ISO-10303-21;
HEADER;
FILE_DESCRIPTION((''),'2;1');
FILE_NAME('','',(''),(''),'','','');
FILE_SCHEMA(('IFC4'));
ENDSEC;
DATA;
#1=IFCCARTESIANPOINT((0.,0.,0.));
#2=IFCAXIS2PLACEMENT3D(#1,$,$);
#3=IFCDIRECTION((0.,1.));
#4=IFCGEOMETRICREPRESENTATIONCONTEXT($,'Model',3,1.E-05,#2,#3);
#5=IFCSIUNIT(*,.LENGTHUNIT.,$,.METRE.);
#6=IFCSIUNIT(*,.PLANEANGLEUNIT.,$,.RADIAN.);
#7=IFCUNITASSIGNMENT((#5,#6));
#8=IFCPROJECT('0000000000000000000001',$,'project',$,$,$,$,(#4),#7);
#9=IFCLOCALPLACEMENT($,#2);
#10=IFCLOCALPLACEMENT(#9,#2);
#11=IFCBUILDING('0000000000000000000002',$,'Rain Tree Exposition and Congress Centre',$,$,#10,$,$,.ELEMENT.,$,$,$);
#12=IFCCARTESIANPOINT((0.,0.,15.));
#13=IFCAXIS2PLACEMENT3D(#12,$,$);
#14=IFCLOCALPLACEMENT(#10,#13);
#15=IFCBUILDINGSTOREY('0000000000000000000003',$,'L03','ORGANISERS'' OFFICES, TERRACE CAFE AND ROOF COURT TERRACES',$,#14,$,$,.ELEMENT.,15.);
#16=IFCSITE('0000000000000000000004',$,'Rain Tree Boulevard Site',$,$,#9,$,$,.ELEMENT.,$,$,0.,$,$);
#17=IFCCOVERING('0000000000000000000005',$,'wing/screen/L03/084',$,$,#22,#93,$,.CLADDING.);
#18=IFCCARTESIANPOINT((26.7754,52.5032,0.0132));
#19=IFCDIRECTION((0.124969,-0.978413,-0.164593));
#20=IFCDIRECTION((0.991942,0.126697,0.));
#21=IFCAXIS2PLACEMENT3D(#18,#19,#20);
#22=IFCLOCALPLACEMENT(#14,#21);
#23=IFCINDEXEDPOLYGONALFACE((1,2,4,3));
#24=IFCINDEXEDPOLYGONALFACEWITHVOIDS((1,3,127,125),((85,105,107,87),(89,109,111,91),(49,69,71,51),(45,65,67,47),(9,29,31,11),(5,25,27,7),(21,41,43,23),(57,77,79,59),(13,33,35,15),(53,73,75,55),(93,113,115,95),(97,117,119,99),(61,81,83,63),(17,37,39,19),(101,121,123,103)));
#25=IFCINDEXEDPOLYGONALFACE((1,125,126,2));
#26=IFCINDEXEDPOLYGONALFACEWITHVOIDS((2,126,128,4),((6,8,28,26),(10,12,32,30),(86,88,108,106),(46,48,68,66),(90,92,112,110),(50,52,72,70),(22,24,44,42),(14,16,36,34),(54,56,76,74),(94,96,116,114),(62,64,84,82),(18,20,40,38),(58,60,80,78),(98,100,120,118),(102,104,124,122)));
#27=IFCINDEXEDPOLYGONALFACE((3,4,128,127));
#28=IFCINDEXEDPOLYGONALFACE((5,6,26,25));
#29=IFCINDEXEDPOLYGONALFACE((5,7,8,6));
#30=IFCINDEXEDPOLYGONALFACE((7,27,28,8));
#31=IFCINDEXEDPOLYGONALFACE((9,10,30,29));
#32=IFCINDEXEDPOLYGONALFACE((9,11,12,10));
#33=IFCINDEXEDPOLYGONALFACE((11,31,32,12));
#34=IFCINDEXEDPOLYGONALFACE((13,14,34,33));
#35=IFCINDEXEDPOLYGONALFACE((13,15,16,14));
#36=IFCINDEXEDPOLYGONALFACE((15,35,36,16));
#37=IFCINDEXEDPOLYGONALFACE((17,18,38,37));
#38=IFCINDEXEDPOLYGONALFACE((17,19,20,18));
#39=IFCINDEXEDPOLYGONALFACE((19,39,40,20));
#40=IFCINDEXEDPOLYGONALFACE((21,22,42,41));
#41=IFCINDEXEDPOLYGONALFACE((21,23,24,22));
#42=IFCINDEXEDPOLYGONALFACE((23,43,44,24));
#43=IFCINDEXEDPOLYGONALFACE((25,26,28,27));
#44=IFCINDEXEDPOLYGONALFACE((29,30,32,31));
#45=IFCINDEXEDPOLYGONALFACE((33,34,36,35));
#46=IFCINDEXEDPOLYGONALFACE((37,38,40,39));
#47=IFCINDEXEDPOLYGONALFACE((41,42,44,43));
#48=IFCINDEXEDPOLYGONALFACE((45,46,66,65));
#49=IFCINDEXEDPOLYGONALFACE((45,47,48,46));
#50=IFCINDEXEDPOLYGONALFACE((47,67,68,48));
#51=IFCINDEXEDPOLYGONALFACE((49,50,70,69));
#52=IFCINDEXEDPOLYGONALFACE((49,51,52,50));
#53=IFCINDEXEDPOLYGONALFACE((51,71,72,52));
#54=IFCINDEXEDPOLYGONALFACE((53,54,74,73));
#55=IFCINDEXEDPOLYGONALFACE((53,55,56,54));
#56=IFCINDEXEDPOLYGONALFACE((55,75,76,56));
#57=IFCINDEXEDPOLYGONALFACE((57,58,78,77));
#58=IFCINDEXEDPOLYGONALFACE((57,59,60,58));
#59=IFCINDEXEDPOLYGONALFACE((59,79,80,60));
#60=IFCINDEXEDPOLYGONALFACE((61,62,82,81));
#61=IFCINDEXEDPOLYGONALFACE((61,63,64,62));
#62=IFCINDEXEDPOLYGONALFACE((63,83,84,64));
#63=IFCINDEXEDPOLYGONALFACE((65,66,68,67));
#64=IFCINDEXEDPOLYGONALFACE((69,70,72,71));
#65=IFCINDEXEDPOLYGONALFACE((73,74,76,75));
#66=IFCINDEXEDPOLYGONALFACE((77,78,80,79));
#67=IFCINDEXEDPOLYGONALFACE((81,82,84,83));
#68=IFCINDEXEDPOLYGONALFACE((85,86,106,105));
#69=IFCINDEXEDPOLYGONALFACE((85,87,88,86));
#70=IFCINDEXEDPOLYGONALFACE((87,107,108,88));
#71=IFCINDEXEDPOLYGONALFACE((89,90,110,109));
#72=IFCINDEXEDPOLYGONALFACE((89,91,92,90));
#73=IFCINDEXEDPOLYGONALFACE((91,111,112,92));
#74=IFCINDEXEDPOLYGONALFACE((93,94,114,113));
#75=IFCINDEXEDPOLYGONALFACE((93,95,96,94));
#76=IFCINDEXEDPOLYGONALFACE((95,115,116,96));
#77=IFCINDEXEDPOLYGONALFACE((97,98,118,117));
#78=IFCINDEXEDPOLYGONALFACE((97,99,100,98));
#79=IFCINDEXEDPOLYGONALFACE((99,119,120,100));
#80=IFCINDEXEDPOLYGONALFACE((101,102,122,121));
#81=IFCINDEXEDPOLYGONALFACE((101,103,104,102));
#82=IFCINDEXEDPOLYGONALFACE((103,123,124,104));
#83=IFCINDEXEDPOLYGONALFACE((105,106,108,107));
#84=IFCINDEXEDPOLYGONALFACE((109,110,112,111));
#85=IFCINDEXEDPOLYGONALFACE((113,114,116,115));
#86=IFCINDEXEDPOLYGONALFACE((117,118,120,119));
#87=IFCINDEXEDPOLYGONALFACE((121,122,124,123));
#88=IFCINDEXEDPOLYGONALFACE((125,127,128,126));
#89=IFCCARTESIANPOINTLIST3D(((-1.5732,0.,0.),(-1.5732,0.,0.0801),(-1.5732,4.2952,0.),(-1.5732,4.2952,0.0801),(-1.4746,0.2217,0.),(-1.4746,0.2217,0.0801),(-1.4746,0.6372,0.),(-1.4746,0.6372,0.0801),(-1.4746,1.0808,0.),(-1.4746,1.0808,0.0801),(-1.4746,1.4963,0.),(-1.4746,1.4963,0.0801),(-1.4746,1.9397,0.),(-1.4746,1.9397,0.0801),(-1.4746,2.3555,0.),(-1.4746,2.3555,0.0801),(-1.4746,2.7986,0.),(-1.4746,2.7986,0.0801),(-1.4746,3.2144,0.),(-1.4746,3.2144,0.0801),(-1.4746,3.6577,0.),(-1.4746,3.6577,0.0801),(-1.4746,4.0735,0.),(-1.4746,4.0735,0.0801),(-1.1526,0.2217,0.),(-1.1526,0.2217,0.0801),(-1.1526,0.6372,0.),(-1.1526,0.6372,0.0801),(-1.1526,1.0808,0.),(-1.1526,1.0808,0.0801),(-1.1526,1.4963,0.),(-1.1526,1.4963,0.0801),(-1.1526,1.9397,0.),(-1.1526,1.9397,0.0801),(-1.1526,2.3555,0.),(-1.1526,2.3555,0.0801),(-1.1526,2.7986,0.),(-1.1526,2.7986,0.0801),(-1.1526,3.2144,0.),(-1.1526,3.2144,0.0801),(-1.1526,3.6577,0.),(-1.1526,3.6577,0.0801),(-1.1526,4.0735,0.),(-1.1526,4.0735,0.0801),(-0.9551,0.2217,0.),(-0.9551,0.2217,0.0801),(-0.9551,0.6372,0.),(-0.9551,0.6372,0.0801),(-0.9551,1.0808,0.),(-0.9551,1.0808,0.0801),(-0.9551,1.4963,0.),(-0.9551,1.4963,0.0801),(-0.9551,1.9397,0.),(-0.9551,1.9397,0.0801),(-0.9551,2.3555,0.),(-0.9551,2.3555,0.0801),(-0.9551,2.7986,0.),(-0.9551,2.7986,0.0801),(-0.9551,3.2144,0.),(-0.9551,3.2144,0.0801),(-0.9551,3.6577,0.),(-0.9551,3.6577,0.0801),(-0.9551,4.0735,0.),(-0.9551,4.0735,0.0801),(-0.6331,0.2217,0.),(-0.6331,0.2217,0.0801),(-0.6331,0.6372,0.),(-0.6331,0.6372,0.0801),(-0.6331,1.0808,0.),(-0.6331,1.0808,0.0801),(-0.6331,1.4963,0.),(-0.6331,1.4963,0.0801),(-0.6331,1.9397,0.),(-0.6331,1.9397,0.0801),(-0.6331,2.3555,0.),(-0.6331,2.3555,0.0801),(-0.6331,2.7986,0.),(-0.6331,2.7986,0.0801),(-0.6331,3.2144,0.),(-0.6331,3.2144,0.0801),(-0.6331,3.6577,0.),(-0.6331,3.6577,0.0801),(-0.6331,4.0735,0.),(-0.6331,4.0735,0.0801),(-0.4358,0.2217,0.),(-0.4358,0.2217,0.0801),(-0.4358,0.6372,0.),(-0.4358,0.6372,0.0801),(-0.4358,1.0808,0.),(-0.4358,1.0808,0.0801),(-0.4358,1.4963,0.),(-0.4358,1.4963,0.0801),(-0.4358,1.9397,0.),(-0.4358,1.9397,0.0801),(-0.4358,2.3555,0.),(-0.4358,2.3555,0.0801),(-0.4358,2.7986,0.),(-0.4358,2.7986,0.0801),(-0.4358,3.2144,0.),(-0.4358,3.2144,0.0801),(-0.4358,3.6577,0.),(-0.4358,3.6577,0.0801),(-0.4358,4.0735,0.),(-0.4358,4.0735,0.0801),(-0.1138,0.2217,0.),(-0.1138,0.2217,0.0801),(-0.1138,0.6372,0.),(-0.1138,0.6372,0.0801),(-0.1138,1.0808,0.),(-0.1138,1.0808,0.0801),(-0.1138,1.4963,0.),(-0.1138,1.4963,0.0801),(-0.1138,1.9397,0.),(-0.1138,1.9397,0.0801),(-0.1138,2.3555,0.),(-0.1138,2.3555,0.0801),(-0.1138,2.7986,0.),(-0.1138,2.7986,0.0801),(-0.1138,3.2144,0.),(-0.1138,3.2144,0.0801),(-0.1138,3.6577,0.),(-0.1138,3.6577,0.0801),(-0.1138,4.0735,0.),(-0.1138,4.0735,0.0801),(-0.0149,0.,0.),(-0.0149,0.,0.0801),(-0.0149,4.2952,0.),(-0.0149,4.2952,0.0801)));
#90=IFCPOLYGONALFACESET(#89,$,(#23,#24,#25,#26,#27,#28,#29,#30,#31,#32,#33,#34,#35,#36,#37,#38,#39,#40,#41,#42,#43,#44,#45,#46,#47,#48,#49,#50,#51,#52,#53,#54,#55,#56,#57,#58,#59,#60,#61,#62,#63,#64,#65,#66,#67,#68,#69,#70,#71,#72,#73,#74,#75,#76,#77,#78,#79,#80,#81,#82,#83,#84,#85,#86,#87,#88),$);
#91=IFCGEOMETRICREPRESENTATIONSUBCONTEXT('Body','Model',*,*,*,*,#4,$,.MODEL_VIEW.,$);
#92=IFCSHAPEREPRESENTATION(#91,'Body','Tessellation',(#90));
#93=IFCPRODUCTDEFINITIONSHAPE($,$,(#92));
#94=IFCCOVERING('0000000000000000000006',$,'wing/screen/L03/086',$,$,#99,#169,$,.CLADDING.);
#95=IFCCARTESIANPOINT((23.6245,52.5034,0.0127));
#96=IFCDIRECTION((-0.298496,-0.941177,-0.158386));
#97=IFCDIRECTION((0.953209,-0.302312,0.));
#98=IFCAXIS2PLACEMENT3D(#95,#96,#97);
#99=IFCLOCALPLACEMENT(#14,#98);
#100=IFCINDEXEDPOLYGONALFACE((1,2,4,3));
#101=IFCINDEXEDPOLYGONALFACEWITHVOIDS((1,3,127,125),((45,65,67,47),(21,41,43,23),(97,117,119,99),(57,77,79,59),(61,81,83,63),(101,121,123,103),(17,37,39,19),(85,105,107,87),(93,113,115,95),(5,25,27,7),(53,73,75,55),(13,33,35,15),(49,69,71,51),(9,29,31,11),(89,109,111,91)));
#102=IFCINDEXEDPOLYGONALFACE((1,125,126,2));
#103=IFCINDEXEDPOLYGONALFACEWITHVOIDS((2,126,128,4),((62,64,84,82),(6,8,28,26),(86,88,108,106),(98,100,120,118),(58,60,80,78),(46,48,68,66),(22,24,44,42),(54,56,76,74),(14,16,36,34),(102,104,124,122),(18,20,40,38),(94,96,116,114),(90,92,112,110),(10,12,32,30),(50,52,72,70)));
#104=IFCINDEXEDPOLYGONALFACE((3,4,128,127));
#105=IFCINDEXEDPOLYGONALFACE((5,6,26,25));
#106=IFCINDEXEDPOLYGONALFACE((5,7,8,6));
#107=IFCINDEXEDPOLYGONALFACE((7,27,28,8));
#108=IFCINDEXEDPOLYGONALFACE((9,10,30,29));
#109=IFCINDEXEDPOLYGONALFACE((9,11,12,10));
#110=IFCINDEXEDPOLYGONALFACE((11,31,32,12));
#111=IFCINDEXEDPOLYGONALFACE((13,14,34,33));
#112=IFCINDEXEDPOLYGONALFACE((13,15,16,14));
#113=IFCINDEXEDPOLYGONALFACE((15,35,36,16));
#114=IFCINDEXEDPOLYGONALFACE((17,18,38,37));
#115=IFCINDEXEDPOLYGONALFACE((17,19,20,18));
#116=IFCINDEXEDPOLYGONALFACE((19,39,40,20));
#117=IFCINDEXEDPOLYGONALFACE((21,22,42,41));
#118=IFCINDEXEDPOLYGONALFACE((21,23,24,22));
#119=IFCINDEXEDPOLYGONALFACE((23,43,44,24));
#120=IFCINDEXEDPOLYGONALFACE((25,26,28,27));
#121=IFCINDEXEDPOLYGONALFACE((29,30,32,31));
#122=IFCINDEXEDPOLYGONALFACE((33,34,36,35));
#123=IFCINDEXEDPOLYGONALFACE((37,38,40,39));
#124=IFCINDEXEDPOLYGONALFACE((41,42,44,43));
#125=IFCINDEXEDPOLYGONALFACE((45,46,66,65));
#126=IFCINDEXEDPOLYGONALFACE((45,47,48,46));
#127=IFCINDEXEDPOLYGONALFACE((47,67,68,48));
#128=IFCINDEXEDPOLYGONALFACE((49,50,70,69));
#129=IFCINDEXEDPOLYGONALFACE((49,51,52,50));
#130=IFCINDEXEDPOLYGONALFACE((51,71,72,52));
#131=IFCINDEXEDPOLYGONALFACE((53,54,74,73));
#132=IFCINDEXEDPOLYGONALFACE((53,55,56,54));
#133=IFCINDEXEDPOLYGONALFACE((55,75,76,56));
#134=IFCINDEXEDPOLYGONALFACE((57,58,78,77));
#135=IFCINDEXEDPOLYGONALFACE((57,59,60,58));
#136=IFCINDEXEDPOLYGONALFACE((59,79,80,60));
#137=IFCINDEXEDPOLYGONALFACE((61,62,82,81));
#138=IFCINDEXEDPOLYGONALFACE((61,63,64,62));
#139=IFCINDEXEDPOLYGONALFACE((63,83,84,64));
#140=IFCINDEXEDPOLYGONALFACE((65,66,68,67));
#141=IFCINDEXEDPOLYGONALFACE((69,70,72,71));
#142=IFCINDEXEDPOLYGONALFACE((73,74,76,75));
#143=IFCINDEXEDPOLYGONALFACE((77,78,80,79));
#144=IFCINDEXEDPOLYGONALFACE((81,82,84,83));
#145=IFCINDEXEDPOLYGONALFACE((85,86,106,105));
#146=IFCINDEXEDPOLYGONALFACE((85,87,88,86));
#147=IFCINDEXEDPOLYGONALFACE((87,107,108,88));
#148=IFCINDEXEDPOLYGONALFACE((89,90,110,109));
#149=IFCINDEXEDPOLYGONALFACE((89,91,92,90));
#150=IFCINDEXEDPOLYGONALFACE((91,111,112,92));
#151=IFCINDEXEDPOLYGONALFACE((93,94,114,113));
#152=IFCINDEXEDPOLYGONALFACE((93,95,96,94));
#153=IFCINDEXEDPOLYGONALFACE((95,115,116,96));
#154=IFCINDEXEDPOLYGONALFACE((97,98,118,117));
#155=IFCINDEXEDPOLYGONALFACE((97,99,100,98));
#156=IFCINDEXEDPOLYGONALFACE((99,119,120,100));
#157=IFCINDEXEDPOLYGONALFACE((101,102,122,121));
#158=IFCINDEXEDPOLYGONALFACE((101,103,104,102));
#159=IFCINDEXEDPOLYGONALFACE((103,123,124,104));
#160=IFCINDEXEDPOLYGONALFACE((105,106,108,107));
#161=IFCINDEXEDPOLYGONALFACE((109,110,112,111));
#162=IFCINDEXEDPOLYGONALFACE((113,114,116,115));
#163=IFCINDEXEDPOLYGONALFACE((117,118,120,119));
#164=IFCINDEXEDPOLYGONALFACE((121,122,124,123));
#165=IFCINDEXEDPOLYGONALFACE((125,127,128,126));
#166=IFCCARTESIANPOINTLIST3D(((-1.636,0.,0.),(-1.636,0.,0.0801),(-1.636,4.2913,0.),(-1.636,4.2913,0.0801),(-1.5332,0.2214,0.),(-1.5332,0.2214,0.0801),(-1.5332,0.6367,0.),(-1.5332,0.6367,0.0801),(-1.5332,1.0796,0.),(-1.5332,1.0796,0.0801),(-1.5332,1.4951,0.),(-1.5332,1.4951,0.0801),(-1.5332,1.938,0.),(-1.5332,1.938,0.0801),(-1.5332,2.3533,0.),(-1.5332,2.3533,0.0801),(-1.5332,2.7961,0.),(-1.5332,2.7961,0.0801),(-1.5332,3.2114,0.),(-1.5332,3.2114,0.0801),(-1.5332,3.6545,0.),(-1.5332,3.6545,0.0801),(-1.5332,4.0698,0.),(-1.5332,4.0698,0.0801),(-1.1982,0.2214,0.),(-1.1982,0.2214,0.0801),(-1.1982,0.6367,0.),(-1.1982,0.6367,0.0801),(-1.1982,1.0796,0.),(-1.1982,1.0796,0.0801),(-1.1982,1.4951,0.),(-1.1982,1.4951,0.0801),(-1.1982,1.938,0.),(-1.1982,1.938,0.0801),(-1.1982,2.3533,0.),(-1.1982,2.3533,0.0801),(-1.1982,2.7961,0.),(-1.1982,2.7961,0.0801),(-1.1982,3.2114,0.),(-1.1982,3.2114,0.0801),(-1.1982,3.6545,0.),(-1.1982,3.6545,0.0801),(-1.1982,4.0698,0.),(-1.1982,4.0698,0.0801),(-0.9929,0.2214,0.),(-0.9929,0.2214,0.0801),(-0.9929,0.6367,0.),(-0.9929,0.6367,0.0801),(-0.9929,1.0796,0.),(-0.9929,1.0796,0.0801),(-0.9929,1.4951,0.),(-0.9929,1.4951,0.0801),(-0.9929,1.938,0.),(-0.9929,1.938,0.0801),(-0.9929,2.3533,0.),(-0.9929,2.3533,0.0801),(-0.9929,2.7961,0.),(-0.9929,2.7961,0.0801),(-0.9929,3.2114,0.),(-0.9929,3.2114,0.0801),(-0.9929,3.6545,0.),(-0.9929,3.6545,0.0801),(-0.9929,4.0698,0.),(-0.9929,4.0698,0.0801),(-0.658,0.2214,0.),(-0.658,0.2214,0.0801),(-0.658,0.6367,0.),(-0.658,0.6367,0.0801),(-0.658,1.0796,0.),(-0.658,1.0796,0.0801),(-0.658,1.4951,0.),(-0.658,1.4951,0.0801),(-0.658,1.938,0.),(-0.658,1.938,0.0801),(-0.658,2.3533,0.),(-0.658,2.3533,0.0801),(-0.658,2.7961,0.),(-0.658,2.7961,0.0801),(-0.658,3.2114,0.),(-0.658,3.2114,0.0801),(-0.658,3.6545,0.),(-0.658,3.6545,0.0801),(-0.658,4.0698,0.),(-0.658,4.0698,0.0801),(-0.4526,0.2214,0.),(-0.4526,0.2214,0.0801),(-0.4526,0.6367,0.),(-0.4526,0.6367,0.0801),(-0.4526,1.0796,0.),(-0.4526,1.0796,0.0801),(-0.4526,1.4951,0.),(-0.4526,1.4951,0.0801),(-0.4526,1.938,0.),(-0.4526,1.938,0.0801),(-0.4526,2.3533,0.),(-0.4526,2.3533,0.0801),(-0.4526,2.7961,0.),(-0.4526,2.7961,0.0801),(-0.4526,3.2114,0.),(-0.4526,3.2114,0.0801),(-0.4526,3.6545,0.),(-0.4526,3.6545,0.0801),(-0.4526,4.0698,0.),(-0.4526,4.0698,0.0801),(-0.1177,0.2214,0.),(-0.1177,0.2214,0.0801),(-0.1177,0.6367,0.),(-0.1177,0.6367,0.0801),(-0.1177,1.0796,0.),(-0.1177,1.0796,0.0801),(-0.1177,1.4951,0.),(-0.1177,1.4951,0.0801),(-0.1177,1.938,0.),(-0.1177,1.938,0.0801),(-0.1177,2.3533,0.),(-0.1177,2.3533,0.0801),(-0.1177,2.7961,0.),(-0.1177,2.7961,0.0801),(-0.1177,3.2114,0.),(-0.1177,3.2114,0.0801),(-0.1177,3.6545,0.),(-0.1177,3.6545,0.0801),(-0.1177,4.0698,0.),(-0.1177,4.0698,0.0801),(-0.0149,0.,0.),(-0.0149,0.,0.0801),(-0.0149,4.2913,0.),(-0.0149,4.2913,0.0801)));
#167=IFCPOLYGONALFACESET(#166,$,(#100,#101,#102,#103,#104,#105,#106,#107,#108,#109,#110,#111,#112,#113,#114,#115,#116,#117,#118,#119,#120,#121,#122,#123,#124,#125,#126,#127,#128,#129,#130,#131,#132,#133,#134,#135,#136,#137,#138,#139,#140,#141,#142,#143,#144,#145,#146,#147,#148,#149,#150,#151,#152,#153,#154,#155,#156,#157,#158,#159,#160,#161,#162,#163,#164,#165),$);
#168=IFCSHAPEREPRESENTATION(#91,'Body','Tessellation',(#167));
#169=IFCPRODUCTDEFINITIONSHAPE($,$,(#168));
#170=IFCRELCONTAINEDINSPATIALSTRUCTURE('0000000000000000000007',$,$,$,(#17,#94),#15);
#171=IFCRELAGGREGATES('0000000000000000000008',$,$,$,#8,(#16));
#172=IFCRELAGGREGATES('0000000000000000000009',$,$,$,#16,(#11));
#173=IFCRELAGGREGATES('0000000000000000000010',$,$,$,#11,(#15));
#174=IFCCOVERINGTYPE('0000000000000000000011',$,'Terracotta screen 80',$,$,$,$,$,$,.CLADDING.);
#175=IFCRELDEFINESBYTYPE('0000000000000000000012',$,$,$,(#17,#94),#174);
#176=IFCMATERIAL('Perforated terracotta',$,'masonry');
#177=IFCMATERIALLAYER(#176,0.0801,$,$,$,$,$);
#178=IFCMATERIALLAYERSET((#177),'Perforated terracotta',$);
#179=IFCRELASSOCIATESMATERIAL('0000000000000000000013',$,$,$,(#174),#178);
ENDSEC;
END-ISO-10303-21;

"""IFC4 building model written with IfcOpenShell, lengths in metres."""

from ifc_helpers import new_model, si_unit, direction, frame, origin, place, context, subcontext, project, spatial, polyline, outline, extrude, material, layer, layer_set, type_object, element, save


model = new_model("IFC4")

# Units and contexts
model_context = context("Model", 3, precision=1e-05, world=origin(), true_north=direction((0.0, 1.0)))
body_context = subcontext(model_context, "Body", "Model", "MODEL_VIEW")
ifc_project = project(units=[si_unit("LENGTHUNIT", "METRE"), si_unit("PLANEANGLEUNIT", "RADIAN")], contexts=[model_context])

# Site, building, storey
site_placement = place(None, origin())
site = spatial("IfcSite", under=ifc_project, at=site_placement, Name="Rain Tree Boulevard Site", CompositionType="ELEMENT", RefElevation=0.0)
building_placement = place(site_placement, origin())
building = spatial("IfcBuilding", under=site, at=building_placement, Name="Rain Tree Exposition and Congress Centre", CompositionType="ELEMENT")
storey_placement = place(building_placement, frame((0.0, 0.0, 15.0)))
storey = spatial("IfcBuildingStorey", under=building, at=storey_placement, Name="L03", Description="ORGANISERS' OFFICES, TERRACE CAFE AND ROOF COURT TERRACES", CompositionType="ELEMENT", Elevation=15.0)

# Coverings
ifc_material_1 = material(Name="Perforated terracotta", Category="masonry")
ifc_layer = layer(ifc_material_1, 0.0801)
ifc_layer_set = layer_set([ifc_layer], Name="Perforated terracotta")
covering_type = type_object("IfcCoveringType", Name="Terracotta screen 80", PredefinedType="CLADDING", material=ifc_layer_set)
covering_1_placement = place(storey_placement, frame((26.7754, 52.5032, 0.0132), z_axis=(0.124969, -0.978413, -0.164593), x_axis=(0.991942, 0.126697, 0.0)))
element("IfcCovering", 1, at=covering_1_placement, inside=storey, type_object=covering_type, Name="wing/screen/L03/084", PredefinedType="CLADDING", context=body_context, shape_type="SweptSolid", body=[
    extrude(outline(polyline([(-1.5732, 0.0), (-1.5732, 4.2952), (-0.0149, 4.2952), (-0.0149, 0.0), (-1.5732, 0.0)]), holes=[polyline([(-0.1138, 0.2217), (-0.1138, 0.6372), (-0.4358, 0.6372), (-0.4358, 0.2217), (-0.1138, 0.2217)]), polyline([(-0.1138, 1.0808), (-0.1138, 1.4963), (-0.4358, 1.4963), (-0.4358, 1.0808), (-0.1138, 1.0808)]), polyline([(-0.1138, 1.9397), (-0.1138, 2.3555), (-0.4358, 2.3555), (-0.4358, 1.9397), (-0.1138, 1.9397)]), polyline([(-0.1138, 2.7986), (-0.1138, 3.2144), (-0.4358, 3.2144), (-0.4358, 2.7986), (-0.1138, 2.7986)]), polyline([(-0.1138, 3.6577), (-0.1138, 4.0735), (-0.4358, 4.0735), (-0.4358, 3.6577), (-0.1138, 3.6577)]), polyline([(-0.6331, 0.2217), (-0.6331, 0.6372), (-0.9551, 0.6372), (-0.9551, 0.2217), (-0.6331, 0.2217)]), polyline([(-0.6331, 1.0808), (-0.6331, 1.4963), (-0.9551, 1.4963), (-0.9551, 1.0808), (-0.6331, 1.0808)]), polyline([(-0.6331, 1.9397), (-0.6331, 2.3555), (-0.9551, 2.3555), (-0.9551, 1.9397), (-0.6331, 1.9397)]), polyline([(-0.6331, 2.7986), (-0.6331, 3.2144), (-0.9551, 3.2144), (-0.9551, 2.7986), (-0.6331, 2.7986)]), polyline([(-0.6331, 3.6577), (-0.6331, 4.0735), (-0.9551, 4.0735), (-0.9551, 3.6577), (-0.6331, 3.6577)]), polyline([(-1.1526, 0.2217), (-1.1526, 0.6372), (-1.4746, 0.6372), (-1.4746, 0.2217), (-1.1526, 0.2217)]), polyline([(-1.1526, 1.0808), (-1.1526, 1.4963), (-1.4746, 1.4963), (-1.4746, 1.0808), (-1.1526, 1.0808)]), polyline([(-1.1526, 1.9397), (-1.1526, 2.3555), (-1.4746, 2.3555), (-1.4746, 1.9397), (-1.1526, 1.9397)]), polyline([(-1.1526, 2.7986), (-1.1526, 3.2144), (-1.4746, 3.2144), (-1.4746, 2.7986), (-1.1526, 2.7986)]), polyline([(-1.1526, 3.6577), (-1.1526, 4.0735), (-1.4746, 4.0735), (-1.4746, 3.6577), (-1.1526, 3.6577)])]), origin(), (0.0, 0.0, 1.0), 0.0801),
])
covering_2_placement = place(storey_placement, frame((23.6245, 52.5034, 0.0127), z_axis=(-0.298496, -0.941177, -0.158386), x_axis=(0.953209, -0.302312, 0.0)))
element("IfcCovering", 2, at=covering_2_placement, inside=storey, type_object=covering_type, Name="wing/screen/L03/086", PredefinedType="CLADDING", context=body_context, shape_type="SweptSolid", body=[
    extrude(outline(polyline([(-1.636, 0.0), (-1.636, 4.2913), (-0.0149, 4.2913), (-0.0149, 0.0), (-1.636, 0.0)]), holes=[polyline([(-0.1177, 0.2214), (-0.1177, 0.6367), (-0.4526, 0.6367), (-0.4526, 0.2214), (-0.1177, 0.2214)]), polyline([(-0.1177, 1.0796), (-0.1177, 1.4951), (-0.4526, 1.4951), (-0.4526, 1.0796), (-0.1177, 1.0796)]), polyline([(-0.1177, 1.938), (-0.1177, 2.3533), (-0.4526, 2.3533), (-0.4526, 1.938), (-0.1177, 1.938)]), polyline([(-0.1177, 2.7961), (-0.1177, 3.2114), (-0.4526, 3.2114), (-0.4526, 2.7961), (-0.1177, 2.7961)]), polyline([(-0.1177, 3.6545), (-0.1177, 4.0698), (-0.4526, 4.0698), (-0.4526, 3.6545), (-0.1177, 3.6545)]), polyline([(-0.658, 0.2214), (-0.658, 0.6367), (-0.9929, 0.6367), (-0.9929, 0.2214), (-0.658, 0.2214)]), polyline([(-0.658, 1.0796), (-0.658, 1.4951), (-0.9929, 1.4951), (-0.9929, 1.0796), (-0.658, 1.0796)]), polyline([(-0.658, 1.938), (-0.658, 2.3533), (-0.9929, 2.3533), (-0.9929, 1.938), (-0.658, 1.938)]), polyline([(-0.658, 2.7961), (-0.658, 3.2114), (-0.9929, 3.2114), (-0.9929, 2.7961), (-0.658, 2.7961)]), polyline([(-0.658, 3.6545), (-0.658, 4.0698), (-0.9929, 4.0698), (-0.9929, 3.6545), (-0.658, 3.6545)]), polyline([(-1.1982, 0.2214), (-1.1982, 0.6367), (-1.5332, 0.6367), (-1.5332, 0.2214), (-1.1982, 0.2214)]), polyline([(-1.1982, 1.0796), (-1.1982, 1.4951), (-1.5332, 1.4951), (-1.5332, 1.0796), (-1.1982, 1.0796)]), polyline([(-1.1982, 1.938), (-1.1982, 2.3533), (-1.5332, 2.3533), (-1.5332, 1.938), (-1.1982, 1.938)]), polyline([(-1.1982, 2.7961), (-1.1982, 3.2114), (-1.5332, 3.2114), (-1.5332, 2.7961), (-1.1982, 2.7961)]), polyline([(-1.1982, 3.6545), (-1.1982, 4.0698), (-1.5332, 4.0698), (-1.5332, 3.6545), (-1.1982, 3.6545)])]), origin(), (0.0, 0.0, 1.0), 0.0801),
])

save(model, "model.ifc")
